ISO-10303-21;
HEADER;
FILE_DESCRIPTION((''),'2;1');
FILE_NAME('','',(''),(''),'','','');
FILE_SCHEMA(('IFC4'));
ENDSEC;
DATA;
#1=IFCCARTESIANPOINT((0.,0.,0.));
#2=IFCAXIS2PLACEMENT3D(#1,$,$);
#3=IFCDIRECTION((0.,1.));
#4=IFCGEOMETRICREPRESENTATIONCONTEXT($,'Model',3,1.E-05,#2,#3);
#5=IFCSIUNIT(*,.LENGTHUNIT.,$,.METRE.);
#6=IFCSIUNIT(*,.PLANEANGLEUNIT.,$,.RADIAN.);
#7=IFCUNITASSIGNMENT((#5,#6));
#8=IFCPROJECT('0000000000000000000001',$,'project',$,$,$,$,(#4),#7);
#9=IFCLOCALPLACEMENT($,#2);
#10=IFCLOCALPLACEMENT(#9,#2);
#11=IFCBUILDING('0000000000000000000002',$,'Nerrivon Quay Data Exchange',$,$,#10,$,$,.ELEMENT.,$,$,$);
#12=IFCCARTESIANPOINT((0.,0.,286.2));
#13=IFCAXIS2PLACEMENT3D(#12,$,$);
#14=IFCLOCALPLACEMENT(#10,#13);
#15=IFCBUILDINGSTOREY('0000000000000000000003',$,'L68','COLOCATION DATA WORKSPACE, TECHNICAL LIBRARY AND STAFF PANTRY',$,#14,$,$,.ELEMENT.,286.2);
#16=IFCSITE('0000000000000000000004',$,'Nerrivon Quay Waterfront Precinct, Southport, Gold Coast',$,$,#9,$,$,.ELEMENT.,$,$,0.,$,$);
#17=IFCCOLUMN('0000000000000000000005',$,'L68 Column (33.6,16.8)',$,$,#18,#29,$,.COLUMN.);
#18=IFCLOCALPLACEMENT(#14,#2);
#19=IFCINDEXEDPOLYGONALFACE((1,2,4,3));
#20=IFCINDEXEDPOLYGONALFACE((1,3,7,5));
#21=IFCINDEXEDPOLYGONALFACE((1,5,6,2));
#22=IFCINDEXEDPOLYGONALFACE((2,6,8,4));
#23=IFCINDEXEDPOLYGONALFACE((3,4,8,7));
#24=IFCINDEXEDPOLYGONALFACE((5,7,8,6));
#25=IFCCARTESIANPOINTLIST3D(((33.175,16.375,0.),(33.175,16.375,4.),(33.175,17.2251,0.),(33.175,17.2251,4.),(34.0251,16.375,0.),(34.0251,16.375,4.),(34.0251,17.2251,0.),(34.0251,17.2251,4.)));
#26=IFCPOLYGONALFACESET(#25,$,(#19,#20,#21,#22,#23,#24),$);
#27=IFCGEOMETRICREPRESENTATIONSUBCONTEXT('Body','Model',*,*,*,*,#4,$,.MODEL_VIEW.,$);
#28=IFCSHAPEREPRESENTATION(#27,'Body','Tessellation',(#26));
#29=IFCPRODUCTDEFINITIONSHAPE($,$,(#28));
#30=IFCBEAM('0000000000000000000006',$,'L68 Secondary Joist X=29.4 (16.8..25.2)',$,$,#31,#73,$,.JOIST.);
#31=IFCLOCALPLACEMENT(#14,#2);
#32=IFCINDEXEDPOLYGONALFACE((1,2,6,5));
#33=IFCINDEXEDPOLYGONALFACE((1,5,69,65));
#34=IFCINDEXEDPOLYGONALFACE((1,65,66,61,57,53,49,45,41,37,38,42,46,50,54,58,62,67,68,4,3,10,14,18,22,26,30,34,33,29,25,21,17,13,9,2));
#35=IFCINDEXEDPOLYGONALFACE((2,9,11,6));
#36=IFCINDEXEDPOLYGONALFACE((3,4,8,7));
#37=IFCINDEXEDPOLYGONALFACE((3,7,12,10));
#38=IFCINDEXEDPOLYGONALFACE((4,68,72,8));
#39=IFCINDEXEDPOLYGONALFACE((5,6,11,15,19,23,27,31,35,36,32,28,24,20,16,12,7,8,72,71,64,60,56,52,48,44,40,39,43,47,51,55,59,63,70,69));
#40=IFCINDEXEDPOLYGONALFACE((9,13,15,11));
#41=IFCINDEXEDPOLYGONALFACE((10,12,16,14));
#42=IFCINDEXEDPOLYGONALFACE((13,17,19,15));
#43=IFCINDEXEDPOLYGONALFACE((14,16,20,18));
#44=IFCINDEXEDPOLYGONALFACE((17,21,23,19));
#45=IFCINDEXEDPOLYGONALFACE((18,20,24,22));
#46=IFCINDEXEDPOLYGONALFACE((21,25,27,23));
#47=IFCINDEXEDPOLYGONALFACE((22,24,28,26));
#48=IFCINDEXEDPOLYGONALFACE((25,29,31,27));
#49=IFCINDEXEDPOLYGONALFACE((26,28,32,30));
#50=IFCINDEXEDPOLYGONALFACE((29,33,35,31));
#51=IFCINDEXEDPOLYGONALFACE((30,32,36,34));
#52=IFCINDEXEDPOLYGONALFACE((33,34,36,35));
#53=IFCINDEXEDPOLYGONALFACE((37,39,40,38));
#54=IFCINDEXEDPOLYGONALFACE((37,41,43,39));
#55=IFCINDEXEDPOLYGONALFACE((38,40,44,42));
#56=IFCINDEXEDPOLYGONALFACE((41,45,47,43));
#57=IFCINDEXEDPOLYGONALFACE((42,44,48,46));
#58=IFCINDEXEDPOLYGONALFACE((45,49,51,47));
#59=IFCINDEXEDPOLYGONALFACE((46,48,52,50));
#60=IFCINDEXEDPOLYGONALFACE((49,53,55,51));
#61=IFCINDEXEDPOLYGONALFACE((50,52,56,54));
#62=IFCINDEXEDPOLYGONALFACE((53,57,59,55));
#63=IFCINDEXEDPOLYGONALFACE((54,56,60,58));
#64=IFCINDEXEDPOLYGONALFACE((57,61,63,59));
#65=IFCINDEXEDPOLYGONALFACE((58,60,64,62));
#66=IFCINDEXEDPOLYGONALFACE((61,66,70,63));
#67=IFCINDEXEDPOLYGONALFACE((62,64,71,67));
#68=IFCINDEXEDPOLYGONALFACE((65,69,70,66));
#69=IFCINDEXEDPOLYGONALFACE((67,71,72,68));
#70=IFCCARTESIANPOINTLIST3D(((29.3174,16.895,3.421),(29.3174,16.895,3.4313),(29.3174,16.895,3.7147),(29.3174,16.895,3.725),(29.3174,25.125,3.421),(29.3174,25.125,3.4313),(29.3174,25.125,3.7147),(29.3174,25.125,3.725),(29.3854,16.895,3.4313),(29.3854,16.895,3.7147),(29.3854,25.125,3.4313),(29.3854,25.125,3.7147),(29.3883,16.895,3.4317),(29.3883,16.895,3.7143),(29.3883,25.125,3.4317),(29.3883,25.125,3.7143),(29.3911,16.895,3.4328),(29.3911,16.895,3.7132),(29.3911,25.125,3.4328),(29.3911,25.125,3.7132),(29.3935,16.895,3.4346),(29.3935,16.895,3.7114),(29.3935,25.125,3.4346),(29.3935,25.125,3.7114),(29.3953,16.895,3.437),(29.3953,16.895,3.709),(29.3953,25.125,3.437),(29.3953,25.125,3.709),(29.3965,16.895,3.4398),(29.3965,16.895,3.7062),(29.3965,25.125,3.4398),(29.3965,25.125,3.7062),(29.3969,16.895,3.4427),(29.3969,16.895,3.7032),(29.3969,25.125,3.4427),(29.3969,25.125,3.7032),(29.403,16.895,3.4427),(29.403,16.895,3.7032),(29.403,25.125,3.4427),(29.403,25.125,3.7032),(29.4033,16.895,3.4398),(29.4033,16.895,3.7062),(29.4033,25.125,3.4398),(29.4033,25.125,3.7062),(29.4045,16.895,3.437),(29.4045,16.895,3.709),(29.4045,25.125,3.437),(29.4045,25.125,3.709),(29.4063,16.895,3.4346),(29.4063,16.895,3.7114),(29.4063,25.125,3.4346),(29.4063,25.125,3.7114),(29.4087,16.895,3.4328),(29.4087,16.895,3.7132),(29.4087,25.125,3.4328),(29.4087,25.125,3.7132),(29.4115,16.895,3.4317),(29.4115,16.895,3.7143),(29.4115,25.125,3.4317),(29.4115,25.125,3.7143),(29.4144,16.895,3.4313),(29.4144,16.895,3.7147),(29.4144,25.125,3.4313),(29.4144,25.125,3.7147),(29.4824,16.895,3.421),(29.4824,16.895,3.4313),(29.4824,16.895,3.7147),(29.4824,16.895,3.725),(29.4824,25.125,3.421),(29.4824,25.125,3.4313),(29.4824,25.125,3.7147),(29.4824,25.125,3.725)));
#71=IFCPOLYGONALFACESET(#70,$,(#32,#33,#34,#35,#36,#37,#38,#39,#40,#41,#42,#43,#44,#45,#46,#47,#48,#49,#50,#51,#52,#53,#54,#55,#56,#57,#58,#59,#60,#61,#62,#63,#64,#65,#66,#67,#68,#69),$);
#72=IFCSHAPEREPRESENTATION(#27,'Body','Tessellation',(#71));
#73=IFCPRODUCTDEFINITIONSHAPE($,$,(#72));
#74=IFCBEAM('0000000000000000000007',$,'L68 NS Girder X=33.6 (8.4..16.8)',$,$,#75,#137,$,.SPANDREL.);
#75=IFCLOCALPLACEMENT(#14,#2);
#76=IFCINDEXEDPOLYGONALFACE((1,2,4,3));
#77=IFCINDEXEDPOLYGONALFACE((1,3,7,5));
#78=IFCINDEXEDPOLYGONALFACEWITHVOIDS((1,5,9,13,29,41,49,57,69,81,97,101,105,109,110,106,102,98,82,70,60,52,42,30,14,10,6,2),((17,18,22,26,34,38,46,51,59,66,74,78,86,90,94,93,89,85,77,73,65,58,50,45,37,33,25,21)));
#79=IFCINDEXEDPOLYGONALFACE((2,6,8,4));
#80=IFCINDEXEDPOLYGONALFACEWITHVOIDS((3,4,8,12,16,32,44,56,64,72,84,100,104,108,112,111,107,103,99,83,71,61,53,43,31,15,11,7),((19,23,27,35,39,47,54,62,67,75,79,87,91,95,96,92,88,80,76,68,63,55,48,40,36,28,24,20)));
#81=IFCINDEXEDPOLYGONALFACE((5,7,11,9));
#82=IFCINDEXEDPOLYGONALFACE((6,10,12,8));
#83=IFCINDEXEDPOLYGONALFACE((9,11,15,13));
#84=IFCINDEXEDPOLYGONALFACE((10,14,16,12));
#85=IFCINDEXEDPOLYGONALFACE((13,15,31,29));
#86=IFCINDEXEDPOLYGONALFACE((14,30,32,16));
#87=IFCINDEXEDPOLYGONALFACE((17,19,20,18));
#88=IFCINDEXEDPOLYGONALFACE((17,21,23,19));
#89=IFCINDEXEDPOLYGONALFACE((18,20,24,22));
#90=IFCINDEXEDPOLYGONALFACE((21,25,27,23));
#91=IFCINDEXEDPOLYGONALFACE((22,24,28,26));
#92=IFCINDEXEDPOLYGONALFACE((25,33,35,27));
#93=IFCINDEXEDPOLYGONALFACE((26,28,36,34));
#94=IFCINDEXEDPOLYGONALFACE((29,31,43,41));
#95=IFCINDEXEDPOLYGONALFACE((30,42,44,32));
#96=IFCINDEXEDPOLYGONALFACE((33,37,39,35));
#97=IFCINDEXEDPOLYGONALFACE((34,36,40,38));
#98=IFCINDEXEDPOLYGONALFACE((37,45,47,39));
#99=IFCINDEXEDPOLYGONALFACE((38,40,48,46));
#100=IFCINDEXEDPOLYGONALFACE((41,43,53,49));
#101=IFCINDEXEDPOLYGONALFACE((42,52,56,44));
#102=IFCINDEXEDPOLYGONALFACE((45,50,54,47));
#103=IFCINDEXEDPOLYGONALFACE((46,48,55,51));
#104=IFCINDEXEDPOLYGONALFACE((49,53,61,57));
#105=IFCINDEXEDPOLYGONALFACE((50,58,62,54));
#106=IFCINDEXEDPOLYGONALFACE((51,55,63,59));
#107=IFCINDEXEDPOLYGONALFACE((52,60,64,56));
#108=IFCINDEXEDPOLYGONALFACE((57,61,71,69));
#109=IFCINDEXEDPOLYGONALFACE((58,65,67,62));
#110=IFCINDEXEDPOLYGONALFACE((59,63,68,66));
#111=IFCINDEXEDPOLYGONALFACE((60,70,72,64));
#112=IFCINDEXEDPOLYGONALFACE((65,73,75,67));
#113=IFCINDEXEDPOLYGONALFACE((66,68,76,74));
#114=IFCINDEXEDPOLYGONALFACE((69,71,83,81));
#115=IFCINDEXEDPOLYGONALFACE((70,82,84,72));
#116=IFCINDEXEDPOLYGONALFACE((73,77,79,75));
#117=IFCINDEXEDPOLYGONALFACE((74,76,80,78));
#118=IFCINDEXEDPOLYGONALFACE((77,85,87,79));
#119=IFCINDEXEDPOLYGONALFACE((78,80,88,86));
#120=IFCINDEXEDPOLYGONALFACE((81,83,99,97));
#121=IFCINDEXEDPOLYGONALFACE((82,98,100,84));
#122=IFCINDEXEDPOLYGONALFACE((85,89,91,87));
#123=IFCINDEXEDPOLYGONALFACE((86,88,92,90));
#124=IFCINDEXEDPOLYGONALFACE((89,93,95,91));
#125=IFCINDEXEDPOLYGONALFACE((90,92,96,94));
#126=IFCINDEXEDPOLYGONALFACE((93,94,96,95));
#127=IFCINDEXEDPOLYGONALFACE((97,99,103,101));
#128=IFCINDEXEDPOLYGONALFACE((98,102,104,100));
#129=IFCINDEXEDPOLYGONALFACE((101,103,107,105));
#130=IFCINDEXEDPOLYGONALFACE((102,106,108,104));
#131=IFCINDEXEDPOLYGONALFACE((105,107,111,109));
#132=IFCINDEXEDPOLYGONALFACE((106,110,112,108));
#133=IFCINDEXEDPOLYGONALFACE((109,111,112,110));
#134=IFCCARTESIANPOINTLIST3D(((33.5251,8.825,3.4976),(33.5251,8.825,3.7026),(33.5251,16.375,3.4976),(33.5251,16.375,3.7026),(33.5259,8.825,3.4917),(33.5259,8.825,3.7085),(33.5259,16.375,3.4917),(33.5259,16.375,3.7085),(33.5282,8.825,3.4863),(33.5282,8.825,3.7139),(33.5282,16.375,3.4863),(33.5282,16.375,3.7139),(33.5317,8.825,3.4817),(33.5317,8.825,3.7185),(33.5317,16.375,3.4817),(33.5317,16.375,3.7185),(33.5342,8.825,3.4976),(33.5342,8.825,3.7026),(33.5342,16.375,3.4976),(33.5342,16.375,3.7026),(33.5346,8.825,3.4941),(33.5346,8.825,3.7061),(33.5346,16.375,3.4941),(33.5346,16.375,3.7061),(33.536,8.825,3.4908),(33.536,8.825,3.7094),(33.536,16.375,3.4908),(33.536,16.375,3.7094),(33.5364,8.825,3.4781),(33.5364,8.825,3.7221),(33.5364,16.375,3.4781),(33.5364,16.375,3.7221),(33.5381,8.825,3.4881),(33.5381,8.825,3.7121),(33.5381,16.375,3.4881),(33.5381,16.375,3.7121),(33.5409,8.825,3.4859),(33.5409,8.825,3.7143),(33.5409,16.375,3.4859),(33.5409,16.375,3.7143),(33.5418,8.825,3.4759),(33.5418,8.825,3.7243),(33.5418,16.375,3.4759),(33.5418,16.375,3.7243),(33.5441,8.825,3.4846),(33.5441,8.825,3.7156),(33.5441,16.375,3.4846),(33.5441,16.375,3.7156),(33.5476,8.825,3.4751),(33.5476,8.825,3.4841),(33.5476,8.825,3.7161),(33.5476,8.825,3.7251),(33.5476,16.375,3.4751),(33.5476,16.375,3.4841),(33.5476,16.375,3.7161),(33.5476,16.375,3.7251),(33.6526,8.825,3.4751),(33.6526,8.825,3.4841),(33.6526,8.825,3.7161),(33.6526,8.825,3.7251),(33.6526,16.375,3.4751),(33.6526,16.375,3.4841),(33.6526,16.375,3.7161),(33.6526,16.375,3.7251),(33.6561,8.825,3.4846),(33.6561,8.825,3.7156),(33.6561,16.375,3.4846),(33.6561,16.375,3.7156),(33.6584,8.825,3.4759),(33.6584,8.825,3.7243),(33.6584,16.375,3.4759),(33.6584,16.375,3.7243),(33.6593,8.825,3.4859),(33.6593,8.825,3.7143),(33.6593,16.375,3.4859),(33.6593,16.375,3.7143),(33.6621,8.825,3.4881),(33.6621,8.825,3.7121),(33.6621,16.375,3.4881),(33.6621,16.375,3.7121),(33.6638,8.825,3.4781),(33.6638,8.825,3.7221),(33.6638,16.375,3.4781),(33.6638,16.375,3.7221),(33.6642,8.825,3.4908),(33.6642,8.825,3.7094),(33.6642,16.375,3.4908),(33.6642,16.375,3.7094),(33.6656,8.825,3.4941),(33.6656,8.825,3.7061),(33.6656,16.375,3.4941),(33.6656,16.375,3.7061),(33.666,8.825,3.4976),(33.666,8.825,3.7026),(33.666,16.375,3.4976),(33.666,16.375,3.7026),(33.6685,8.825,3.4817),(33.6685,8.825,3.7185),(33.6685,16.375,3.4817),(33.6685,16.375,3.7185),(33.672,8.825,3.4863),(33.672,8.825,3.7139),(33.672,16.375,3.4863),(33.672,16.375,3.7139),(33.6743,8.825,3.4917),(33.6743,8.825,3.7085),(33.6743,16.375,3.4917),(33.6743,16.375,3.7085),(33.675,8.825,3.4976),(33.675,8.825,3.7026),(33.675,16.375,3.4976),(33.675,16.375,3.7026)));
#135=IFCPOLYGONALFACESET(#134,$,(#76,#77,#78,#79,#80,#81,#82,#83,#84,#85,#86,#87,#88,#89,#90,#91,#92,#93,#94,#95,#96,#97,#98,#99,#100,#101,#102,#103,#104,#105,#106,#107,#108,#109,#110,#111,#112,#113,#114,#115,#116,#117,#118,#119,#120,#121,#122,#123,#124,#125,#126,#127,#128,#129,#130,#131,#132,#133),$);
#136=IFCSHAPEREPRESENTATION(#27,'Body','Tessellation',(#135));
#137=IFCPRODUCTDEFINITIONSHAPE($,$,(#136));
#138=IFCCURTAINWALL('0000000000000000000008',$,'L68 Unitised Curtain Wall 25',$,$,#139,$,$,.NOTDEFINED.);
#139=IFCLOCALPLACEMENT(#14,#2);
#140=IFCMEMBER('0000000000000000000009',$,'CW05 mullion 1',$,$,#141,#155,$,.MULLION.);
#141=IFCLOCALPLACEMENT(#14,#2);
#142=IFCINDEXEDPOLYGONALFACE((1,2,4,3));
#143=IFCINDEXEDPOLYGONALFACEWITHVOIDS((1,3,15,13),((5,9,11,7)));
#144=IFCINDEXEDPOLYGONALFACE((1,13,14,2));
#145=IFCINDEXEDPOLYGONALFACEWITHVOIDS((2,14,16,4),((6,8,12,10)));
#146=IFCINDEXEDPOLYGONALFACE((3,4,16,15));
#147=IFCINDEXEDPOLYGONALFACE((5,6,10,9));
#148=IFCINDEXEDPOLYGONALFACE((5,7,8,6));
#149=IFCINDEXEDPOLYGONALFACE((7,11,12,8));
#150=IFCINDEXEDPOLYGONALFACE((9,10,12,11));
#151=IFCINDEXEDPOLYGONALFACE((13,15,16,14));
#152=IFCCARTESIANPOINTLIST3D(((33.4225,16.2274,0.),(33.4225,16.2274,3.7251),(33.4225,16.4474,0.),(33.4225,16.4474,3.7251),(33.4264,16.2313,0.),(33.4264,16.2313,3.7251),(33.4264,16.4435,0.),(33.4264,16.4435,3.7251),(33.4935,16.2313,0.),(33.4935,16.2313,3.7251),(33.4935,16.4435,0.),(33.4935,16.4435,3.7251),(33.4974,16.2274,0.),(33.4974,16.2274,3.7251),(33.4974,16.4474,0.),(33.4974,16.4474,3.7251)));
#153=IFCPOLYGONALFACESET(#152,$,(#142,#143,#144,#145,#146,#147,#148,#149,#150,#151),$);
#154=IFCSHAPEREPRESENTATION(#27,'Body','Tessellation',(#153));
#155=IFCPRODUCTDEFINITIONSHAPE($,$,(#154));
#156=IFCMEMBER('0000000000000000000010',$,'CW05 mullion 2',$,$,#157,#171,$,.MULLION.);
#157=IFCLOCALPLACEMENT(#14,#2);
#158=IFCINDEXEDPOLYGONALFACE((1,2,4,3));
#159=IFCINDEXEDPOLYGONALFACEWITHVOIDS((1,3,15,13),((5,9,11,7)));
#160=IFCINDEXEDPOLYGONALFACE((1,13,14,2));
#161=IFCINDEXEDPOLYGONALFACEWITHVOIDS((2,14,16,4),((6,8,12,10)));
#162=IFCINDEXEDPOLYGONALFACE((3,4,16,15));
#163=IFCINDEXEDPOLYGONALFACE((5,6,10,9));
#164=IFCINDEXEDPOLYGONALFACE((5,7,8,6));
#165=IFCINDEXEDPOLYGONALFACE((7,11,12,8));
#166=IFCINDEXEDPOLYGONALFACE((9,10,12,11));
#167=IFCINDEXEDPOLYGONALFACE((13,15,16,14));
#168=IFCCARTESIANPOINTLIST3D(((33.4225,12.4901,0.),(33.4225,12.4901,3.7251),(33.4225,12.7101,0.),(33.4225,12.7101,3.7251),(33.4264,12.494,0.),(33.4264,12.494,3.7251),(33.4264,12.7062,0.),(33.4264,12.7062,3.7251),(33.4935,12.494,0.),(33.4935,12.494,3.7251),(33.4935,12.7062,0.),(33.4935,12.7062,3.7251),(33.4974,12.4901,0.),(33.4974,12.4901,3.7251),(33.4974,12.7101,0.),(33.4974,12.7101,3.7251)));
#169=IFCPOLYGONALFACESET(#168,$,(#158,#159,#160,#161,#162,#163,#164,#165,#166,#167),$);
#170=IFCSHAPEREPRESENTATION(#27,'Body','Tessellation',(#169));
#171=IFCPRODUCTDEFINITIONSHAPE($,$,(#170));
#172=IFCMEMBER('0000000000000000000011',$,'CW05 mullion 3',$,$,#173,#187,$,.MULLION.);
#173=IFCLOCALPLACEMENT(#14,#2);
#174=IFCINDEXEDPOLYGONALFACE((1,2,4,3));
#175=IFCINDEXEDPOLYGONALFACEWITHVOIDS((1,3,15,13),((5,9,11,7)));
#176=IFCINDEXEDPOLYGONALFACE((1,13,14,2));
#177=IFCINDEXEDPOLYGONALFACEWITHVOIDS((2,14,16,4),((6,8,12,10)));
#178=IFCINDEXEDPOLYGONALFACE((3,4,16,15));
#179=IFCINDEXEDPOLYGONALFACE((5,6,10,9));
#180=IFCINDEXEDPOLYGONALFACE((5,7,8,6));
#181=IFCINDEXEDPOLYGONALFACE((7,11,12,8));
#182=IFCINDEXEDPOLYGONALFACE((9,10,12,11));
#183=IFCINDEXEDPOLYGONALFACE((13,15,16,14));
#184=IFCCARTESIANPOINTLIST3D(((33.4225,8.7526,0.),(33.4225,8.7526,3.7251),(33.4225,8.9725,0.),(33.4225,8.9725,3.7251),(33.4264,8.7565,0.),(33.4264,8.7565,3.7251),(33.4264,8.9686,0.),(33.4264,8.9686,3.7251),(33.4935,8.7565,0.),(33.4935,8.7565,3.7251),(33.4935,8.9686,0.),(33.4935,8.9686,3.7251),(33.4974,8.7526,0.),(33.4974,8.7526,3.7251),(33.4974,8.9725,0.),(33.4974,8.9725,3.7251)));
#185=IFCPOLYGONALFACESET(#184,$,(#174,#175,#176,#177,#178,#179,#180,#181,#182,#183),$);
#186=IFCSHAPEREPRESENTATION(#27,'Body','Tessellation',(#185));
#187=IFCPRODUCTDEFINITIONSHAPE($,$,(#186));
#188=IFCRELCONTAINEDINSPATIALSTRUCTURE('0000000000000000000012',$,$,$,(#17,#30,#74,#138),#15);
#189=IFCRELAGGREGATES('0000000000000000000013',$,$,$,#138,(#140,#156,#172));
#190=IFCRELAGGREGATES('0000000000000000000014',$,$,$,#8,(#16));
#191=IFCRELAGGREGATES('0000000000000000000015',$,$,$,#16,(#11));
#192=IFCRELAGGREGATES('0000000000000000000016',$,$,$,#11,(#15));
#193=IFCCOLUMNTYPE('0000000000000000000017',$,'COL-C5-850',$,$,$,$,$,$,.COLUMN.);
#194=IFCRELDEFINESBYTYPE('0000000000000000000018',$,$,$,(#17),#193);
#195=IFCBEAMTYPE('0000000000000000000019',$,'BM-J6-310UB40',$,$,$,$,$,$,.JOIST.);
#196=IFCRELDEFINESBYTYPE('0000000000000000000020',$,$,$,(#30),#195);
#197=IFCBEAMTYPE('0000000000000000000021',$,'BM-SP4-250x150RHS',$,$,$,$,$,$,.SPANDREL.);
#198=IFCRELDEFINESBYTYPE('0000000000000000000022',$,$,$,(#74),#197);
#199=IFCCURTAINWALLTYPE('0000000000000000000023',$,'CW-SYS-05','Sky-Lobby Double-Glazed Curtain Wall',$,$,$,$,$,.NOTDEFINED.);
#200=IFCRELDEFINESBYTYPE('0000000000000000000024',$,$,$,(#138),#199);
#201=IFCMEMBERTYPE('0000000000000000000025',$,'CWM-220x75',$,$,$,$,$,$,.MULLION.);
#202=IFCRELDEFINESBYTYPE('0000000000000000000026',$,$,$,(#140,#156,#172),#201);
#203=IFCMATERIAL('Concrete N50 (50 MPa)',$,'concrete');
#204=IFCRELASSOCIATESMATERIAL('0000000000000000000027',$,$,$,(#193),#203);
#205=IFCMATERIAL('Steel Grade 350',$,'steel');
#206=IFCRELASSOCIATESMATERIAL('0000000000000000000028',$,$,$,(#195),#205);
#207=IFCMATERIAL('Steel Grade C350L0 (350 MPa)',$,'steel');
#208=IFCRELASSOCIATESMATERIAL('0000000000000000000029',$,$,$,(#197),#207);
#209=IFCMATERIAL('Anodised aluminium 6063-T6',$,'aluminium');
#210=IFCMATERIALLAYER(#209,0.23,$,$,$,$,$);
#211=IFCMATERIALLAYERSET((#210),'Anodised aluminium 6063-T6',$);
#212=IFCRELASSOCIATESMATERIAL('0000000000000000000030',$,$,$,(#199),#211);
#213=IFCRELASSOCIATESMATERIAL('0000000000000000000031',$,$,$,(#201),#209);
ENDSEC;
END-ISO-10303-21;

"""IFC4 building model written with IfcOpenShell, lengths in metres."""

from ifc_helpers import new_model, si_unit, direction, frame, origin, origin_2d, place, context, subcontext, project, spatial, rectangle, hollow_rectangle, i_section, extrude, material, layer, layer_set, material_profile, profile_set, type_object, element, aggregate, save


model = new_model("IFC4")

# Units and contexts
model_context = context("Model", 3, precision=1e-05, world=origin(), true_north=direction((0.0, 1.0)))
body_context = subcontext(model_context, "Body", "Model", "MODEL_VIEW")
ifc_project = project(units=[si_unit("LENGTHUNIT", "METRE"), si_unit("PLANEANGLEUNIT", "RADIAN")], contexts=[model_context])

# Site, building, storey
site_placement = place(None, origin())
site = spatial("IfcSite", under=ifc_project, at=site_placement, Name="Nerrivon Quay Waterfront Precinct, Southport, Gold Coast", CompositionType="ELEMENT", RefElevation=0.0)
building_placement = place(site_placement, origin())
building = spatial("IfcBuilding", under=site, at=building_placement, Name="Nerrivon Quay Data Exchange", CompositionType="ELEMENT")
storey_placement = place(building_placement, frame((0.0, 0.0, 286.2)))
storey = spatial("IfcBuildingStorey", under=building, at=storey_placement, Name="L68", Description="COLOCATION DATA WORKSPACE, TECHNICAL LIBRARY AND STAFF PANTRY", CompositionType="ELEMENT", Elevation=286.2)

# Column
ifc_material_1 = material(Name="Concrete N50 (50 MPa)", Category="concrete")
ifc_material_profile_1 = material_profile(ifc_material_1, rectangle(XDim=0.8501, YDim=0.8501, at=origin_2d()), Name="RC-COL-850x850")
ifc_profile_set_1 = profile_set([ifc_material_profile_1], Name="Concrete N50 (50 MPa)")
column_type = type_object("IfcColumnType", Name="COL-C5-850", PredefinedType="COLUMN", material=ifc_profile_set_1)
column_placement = place(storey_placement, frame((33.6001, 16.8, 0.0), z_axis=(0.0, 0.0, 1.0), x_axis=(1.0, 0.0, 0.0)))
element("IfcColumn", 1, at=column_placement, inside=storey, type_object=column_type, Name="L68 Column (33.6,16.8)", PredefinedType="COLUMN", context=body_context, shape_type="SweptSolid", body=[
    extrude(rectangle(XDim=0.8501, YDim=0.8501, at=origin_2d()), origin(), (0.0, 0.0, 1.0), 4.0),
])

# Beams
ifc_material_2 = material(Name="Steel Grade 350", Category="steel")
ifc_material_profile_2 = material_profile(ifc_material_2, i_section(OverallWidth=0.165, OverallDepth=0.304, WebThickness=0.0061, FlangeThickness=0.0103, FilletRadius=0.0115, at=origin_2d()), Name="310UB40.4")
ifc_profile_set_2 = profile_set([ifc_material_profile_2], Name="Steel Grade 350")
beam_type_1 = type_object("IfcBeamType", Name="BM-J6-310UB40", PredefinedType="JOIST", material=ifc_profile_set_2)
beam_1_placement = place(storey_placement, frame((29.3999, 16.895, 3.573), z_axis=(0.0, 1.0, 0.0), x_axis=(-1.0, 0.0, 0.0)))
element("IfcBeam", 2, at=beam_1_placement, inside=storey, type_object=beam_type_1, Name="L68 Secondary Joist X=29.4 (16.8..25.2)", PredefinedType="JOIST", context=body_context, shape_type="SweptSolid", body=[
    extrude(i_section(OverallWidth=0.165, OverallDepth=0.304, WebThickness=0.0061, FlangeThickness=0.0103, FilletRadius=0.0115, at=origin_2d()), origin(), (0.0, 0.0, 1.0), 8.23),
])
ifc_material_3 = material(Name="Steel Grade C350L0 (350 MPa)", Category="steel")
ifc_material_profile_3 = material_profile(ifc_material_3, hollow_rectangle(XDim=0.1499, YDim=0.25, WallThickness=0.009, InnerFilletRadius=0.0134, OuterFilletRadius=0.0225, at=origin_2d()), Name="250x150x9.0RHS")
ifc_profile_set_3 = profile_set([ifc_material_profile_3], Name="Steel Grade C350L0 (350 MPa)")
beam_type_2 = type_object("IfcBeamType", Name="BM-SP4-250x150RHS", PredefinedType="SPANDREL", material=ifc_profile_set_3)
beam_2_placement = place(storey_placement, frame((33.6001, 8.825, 3.6001), z_axis=(0.0, 1.0, 0.0), x_axis=(-1.0, 0.0, 0.0)))
element("IfcBeam", 3, at=beam_2_placement, inside=storey, type_object=beam_type_2, Name="L68 NS Girder X=33.6 (8.4..16.8)", PredefinedType="SPANDREL", context=body_context, shape_type="SweptSolid", body=[
    extrude(hollow_rectangle(XDim=0.1499, YDim=0.25, WallThickness=0.009, InnerFilletRadius=0.0134, OuterFilletRadius=0.0225, at=origin_2d()), origin(), (0.0, 0.0, 1.0), 7.55),
])

# Curtain wall, members
ifc_material_4 = material(Name="Anodised aluminium 6063-T6", Category="aluminium")
ifc_layer_1 = layer(ifc_material_4, 0.23)
ifc_layer_set_1 = layer_set([ifc_layer_1], Name="Anodised aluminium 6063-T6")
curtain_wall_type = type_object("IfcCurtainWallType", Name="CW-SYS-05", Description="Sky-Lobby Double-Glazed Curtain Wall", PredefinedType="NOTDEFINED", material=ifc_layer_set_1)
curtain_wall_placement = place(storey_placement, origin())
curtain_wall = element("IfcCurtainWall", 4, at=curtain_wall_placement, inside=storey, type_object=curtain_wall_type, Name="L68 Unitised Curtain Wall 25", PredefinedType="NOTDEFINED")
ifc_material_profile_4 = material_profile(ifc_material_4, hollow_rectangle(XDim=0.075, YDim=0.22, WallThickness=0.0039, at=origin_2d()), Name="ALU-MULL-220x75")
ifc_profile_set_4 = profile_set([ifc_material_profile_4], Name="Anodised aluminium 6063-T6")
member_type_1 = type_object("IfcMemberType", Name="CWM-220x75", PredefinedType="MULLION", material=ifc_profile_set_4)
member_1_placement = place(storey_placement, frame((33.46, 16.3374, 0.0), z_axis=(0.0, 0.0, 1.0), x_axis=(1.0, 0.0, 0.0)))
member_1 = element("IfcMember", 5, at=member_1_placement, type_object=member_type_1, Name="CW05 mullion 1", PredefinedType="MULLION", context=body_context, shape_type="SweptSolid", body=[
    extrude(hollow_rectangle(XDim=0.075, YDim=0.22, WallThickness=0.0039, at=origin_2d()), origin(), (0.0, 0.0, 1.0), 3.7251),
])
member_2_placement = place(storey_placement, frame((33.46, 12.6001, 0.0), z_axis=(0.0, 0.0, 1.0), x_axis=(1.0, 0.0, 0.0)))
member_2 = element("IfcMember", 6, at=member_2_placement, type_object=member_type_1, Name="CW05 mullion 2", PredefinedType="MULLION", context=body_context, shape_type="SweptSolid", body=[
    extrude(hollow_rectangle(XDim=0.075, YDim=0.22, WallThickness=0.0039, at=origin_2d()), origin(), (0.0, 0.0, 1.0), 3.7251),
])
member_3_placement = place(storey_placement, frame((33.46, 8.8625, 0.0), z_axis=(0.0, 0.0, 1.0), x_axis=(1.0, 0.0, 0.0)))
member_3 = element("IfcMember", 7, at=member_3_placement, type_object=member_type_1, Name="CW05 mullion 3", PredefinedType="MULLION", context=body_context, shape_type="SweptSolid", body=[
    extrude(hollow_rectangle(XDim=0.075, YDim=0.22, WallThickness=0.0039, at=origin_2d()), origin(), (0.0, 0.0, 1.0), 3.7251),
])
aggregate(curtain_wall, [member_1, member_2, member_3])

save(model, "model.ifc")
